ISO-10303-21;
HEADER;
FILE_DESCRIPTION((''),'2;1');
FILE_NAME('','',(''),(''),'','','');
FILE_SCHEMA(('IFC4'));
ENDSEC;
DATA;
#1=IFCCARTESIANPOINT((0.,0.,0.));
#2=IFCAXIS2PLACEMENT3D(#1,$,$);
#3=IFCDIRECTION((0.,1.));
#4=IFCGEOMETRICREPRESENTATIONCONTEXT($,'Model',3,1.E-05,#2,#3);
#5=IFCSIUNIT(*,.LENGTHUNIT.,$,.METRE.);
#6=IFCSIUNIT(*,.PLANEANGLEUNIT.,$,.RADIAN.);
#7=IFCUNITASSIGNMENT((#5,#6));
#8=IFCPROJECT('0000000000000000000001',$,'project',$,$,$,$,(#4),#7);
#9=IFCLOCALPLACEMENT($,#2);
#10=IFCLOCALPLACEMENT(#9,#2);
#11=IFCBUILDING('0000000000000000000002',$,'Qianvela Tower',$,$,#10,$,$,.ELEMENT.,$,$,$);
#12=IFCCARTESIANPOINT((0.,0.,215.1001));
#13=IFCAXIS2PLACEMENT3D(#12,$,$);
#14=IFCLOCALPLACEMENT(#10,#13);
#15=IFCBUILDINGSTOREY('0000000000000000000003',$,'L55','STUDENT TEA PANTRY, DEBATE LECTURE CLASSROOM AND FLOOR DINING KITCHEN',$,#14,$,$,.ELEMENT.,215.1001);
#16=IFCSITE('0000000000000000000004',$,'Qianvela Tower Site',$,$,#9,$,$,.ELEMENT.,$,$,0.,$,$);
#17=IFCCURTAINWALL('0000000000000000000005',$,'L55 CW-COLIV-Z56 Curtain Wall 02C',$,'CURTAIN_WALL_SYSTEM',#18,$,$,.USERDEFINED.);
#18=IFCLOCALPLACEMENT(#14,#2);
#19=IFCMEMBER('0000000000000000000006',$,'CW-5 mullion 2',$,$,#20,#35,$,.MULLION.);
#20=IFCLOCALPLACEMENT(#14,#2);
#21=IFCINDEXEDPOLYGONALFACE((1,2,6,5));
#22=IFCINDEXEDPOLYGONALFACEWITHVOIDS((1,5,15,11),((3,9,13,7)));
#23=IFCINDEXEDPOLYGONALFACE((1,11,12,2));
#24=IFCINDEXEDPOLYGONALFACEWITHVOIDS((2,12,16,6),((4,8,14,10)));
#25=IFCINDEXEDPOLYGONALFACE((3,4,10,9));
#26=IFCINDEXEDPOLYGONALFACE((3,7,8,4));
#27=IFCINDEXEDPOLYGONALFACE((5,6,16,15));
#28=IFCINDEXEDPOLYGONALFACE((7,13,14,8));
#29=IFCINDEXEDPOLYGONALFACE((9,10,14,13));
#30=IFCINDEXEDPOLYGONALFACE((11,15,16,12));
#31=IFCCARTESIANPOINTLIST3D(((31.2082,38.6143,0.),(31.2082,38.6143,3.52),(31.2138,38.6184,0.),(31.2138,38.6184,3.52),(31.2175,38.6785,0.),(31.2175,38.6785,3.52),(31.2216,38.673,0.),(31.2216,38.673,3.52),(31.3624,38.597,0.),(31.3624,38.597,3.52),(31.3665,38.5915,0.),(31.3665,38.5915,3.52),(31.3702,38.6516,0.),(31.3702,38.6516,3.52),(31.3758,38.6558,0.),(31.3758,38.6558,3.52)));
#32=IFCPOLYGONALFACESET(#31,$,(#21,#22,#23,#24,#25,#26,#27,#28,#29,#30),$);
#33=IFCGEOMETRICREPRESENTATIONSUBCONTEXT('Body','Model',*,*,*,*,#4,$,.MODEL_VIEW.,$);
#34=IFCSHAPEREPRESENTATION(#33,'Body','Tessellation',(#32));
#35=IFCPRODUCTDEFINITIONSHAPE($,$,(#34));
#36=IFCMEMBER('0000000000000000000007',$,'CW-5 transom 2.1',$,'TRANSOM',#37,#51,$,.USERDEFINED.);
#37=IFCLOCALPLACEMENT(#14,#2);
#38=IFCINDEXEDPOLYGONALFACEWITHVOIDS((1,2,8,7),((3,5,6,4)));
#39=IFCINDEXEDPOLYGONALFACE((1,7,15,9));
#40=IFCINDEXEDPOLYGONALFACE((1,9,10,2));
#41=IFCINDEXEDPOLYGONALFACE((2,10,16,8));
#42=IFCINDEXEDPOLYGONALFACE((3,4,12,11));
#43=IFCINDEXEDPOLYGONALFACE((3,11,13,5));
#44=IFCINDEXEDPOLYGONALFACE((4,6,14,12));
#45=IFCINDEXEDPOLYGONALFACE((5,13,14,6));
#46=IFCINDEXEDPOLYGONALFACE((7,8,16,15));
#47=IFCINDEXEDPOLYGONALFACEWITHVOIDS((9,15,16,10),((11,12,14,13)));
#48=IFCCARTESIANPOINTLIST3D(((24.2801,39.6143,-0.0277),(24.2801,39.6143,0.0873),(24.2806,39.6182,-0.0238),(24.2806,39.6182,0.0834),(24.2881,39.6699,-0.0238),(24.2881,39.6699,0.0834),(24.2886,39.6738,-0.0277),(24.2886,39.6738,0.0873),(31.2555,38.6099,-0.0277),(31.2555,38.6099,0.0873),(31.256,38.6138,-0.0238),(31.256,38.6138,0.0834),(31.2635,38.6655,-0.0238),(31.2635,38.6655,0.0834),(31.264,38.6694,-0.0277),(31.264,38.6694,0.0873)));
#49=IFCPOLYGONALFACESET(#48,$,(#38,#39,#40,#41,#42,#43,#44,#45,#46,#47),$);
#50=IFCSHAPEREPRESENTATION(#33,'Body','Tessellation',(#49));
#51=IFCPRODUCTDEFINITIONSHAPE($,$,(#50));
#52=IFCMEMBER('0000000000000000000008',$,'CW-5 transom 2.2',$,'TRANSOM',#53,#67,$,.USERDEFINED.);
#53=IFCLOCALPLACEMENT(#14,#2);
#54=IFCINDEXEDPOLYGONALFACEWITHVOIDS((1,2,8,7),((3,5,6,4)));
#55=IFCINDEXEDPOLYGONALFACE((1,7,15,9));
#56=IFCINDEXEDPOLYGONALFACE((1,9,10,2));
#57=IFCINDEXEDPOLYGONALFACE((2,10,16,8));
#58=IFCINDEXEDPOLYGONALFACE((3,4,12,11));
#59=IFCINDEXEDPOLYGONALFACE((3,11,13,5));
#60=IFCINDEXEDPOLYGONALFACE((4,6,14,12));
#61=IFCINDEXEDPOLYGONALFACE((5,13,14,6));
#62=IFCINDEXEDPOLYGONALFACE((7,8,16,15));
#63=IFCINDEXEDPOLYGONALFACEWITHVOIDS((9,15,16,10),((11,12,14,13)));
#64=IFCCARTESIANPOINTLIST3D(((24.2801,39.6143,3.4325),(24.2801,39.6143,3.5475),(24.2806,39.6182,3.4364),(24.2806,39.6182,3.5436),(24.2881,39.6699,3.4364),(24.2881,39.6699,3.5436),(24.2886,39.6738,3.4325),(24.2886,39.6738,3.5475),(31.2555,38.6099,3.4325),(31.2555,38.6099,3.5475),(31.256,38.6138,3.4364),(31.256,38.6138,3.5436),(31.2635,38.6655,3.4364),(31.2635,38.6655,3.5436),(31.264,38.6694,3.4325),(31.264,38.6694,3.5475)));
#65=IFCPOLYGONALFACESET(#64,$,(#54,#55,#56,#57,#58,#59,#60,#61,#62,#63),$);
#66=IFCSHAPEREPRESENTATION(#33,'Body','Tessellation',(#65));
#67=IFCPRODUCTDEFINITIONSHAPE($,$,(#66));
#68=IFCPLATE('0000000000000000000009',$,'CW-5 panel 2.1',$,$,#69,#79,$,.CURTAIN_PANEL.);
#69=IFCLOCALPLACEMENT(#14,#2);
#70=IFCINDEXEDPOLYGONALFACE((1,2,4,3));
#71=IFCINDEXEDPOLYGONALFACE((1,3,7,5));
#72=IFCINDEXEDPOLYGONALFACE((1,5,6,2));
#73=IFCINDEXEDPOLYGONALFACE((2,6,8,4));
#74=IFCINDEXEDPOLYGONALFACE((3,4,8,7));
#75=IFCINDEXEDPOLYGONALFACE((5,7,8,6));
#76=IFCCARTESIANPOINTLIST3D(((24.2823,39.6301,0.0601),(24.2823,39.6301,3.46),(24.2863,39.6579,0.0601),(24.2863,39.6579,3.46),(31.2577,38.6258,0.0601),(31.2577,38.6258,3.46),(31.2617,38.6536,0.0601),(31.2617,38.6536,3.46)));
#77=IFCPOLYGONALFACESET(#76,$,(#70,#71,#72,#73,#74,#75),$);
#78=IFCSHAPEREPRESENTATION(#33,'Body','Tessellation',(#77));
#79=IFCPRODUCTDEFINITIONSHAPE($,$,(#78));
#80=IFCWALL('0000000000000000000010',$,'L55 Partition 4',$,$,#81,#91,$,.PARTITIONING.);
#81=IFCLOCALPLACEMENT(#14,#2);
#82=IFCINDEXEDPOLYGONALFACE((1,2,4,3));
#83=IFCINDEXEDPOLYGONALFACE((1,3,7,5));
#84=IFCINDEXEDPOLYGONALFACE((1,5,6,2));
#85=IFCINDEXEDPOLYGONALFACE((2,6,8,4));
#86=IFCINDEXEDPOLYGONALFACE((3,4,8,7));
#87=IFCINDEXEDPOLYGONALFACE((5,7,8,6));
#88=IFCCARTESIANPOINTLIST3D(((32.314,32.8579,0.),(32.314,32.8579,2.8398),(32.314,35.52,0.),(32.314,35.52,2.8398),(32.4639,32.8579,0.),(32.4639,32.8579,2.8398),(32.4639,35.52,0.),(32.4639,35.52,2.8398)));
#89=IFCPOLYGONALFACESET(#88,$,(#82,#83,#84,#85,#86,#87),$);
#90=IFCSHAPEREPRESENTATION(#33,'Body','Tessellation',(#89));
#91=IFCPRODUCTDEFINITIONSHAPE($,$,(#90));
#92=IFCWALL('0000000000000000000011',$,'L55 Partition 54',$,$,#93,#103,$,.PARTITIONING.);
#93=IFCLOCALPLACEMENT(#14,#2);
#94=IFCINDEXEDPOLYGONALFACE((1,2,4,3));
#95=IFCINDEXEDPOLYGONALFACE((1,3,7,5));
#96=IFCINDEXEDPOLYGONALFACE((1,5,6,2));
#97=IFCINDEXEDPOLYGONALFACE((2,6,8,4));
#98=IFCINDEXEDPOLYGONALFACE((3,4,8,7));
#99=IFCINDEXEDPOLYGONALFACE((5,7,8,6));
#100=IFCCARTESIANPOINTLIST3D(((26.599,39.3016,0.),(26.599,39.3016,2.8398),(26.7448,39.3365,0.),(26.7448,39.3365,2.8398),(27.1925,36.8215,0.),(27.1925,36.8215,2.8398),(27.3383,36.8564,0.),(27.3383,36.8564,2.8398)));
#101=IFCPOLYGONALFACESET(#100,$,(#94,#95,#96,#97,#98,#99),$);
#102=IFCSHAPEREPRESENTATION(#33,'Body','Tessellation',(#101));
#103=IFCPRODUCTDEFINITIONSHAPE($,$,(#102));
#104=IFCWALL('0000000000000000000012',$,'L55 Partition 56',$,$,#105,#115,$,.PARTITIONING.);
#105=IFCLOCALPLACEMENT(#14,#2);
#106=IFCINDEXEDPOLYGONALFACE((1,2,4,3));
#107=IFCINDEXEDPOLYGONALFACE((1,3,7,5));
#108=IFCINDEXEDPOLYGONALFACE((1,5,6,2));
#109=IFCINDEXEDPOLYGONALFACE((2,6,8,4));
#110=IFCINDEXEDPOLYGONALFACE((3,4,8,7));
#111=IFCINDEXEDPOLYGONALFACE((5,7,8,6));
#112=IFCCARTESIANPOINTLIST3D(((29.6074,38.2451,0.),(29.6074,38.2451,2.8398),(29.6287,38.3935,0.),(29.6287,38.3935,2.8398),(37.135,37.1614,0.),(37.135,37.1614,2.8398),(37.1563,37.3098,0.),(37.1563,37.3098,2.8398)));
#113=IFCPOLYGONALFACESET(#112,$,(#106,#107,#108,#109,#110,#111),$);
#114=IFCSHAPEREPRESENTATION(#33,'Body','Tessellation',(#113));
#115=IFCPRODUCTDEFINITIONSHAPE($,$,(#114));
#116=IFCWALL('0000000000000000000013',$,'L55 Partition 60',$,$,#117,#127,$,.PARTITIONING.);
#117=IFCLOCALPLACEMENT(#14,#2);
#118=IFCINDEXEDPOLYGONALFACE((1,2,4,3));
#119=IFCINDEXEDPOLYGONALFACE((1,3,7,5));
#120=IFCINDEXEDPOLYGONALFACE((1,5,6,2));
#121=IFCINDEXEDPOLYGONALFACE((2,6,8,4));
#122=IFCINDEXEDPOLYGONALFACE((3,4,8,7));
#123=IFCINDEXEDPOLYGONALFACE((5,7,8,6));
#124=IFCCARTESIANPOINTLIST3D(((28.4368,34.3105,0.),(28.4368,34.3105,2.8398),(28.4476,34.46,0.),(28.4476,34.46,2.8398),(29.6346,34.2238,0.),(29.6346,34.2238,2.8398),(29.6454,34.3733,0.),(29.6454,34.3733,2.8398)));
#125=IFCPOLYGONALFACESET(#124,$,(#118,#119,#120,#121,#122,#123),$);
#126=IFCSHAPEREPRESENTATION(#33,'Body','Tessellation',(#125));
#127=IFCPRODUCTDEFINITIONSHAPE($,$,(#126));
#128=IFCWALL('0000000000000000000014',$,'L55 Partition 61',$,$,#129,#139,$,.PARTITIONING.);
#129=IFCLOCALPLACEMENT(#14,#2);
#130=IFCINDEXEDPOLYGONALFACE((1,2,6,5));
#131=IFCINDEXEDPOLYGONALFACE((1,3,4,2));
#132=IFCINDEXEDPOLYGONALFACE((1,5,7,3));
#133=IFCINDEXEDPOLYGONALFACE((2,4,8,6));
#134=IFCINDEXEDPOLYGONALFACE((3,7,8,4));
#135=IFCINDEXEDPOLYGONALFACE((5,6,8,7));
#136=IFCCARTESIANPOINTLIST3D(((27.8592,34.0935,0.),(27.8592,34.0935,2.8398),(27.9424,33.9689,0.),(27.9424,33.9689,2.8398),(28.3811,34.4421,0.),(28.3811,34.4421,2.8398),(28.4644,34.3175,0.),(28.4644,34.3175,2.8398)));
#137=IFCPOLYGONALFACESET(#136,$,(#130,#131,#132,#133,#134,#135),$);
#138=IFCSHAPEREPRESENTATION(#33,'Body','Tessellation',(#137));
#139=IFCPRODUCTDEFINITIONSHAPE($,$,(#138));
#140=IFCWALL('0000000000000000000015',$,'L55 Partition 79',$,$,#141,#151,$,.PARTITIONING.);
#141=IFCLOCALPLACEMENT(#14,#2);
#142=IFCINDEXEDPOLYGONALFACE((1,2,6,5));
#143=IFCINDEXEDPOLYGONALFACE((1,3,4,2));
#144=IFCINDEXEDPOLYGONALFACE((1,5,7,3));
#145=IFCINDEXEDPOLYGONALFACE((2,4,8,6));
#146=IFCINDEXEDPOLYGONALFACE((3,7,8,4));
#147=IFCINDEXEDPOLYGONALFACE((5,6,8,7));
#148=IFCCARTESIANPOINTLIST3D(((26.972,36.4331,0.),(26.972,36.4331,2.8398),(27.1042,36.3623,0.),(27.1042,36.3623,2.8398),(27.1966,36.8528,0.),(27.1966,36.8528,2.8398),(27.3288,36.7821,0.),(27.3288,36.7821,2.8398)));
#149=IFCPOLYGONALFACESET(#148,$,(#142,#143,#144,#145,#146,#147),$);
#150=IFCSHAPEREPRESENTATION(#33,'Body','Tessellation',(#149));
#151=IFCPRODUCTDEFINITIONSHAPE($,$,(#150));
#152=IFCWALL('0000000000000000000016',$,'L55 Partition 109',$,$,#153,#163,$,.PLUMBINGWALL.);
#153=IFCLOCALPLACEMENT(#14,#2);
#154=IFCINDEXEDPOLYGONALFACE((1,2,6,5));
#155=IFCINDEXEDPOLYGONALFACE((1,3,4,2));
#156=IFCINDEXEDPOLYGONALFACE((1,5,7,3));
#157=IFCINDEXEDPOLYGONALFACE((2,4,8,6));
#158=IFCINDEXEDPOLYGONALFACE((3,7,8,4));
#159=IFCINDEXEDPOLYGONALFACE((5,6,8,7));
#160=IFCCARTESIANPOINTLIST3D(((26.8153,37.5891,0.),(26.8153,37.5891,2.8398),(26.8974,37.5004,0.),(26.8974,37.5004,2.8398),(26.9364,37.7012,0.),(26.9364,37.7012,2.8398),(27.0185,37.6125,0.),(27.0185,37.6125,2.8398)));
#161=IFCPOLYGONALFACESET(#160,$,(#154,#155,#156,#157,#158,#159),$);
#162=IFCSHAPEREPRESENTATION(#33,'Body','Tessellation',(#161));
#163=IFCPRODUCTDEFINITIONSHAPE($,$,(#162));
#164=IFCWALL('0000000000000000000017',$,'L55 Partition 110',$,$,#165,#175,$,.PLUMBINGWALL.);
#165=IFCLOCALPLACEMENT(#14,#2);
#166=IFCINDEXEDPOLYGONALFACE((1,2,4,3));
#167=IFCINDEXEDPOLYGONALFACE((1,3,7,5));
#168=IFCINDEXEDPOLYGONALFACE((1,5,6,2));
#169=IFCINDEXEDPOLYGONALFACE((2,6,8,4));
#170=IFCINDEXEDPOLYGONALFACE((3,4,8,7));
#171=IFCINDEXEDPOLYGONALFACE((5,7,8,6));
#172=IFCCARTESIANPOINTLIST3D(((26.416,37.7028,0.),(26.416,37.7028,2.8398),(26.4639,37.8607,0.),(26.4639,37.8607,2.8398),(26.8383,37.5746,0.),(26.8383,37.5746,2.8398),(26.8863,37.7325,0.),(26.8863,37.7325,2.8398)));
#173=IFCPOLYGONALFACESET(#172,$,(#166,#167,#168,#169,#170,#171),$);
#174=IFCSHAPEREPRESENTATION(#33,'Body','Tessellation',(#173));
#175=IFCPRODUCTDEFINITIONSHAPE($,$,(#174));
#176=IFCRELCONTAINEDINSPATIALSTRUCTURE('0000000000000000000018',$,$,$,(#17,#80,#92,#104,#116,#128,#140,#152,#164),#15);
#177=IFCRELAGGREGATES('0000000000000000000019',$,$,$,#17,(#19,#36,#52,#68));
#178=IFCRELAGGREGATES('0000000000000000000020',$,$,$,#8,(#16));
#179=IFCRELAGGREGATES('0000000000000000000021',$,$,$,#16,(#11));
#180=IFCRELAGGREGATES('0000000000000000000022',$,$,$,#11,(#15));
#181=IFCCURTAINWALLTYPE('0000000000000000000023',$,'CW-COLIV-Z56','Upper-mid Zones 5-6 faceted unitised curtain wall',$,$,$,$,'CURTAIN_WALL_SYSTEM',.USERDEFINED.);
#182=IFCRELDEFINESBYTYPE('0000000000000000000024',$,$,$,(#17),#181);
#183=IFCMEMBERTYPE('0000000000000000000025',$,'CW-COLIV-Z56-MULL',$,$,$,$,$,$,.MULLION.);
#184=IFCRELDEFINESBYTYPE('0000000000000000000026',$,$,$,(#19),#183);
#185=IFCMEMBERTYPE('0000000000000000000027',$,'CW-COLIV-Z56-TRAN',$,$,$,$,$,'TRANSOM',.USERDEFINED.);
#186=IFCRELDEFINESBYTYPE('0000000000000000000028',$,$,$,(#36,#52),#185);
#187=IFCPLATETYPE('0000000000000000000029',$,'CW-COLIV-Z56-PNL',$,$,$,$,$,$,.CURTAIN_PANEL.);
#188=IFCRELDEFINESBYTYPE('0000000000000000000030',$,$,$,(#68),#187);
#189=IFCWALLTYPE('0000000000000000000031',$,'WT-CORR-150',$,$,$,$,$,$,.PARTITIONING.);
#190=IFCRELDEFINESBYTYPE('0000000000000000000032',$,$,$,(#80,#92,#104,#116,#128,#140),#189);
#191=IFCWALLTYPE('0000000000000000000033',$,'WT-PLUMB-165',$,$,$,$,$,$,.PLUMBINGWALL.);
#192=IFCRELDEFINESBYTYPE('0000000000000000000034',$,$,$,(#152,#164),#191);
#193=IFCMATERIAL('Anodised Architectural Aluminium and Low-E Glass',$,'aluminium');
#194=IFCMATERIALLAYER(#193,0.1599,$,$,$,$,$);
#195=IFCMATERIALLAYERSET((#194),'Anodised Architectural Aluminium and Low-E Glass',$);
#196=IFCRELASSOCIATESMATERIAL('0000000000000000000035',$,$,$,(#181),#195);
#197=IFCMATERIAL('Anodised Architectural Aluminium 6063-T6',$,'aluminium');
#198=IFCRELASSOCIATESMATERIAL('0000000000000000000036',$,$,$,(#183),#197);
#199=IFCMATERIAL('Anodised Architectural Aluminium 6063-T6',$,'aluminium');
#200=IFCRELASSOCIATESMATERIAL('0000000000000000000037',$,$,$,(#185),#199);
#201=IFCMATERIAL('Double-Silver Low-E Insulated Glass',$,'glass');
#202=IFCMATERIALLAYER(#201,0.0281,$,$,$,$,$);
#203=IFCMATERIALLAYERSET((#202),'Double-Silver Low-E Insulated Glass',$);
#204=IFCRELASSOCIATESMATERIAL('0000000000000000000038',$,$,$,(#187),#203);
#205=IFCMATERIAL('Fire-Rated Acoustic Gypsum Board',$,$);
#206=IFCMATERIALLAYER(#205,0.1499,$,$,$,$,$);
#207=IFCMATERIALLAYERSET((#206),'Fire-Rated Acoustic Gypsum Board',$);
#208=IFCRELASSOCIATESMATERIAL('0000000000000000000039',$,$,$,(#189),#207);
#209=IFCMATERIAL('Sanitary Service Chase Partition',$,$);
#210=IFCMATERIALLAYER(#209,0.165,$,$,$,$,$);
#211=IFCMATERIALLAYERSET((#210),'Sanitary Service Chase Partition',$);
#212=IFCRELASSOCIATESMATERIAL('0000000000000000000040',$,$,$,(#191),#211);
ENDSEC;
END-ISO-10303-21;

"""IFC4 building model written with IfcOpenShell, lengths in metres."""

from ifc_helpers import new_model, si_unit, direction, frame, frame_2d, origin, origin_2d, place, context, subcontext, project, spatial, rectangle, hollow_rectangle, extrude, material, layer, layer_set, material_profile, profile_set, type_object, element, aggregate, save


model = new_model("IFC4")

# Units and contexts
model_context = context("Model", 3, precision=1e-05, world=origin(), true_north=direction((0.0, 1.0)))
body_context = subcontext(model_context, "Body", "Model", "MODEL_VIEW")
ifc_project = project(units=[si_unit("LENGTHUNIT", "METRE"), si_unit("PLANEANGLEUNIT", "RADIAN")], contexts=[model_context])

# Site, building, storey
site_placement = place(None, origin())
site = spatial("IfcSite", under=ifc_project, at=site_placement, Name="Qianvela Tower Site", CompositionType="ELEMENT", RefElevation=0.0)
building_placement = place(site_placement, origin())
building = spatial("IfcBuilding", under=site, at=building_placement, Name="Qianvela Tower", CompositionType="ELEMENT")
storey_placement = place(building_placement, frame((0.0, 0.0, 215.1001)))
storey = spatial("IfcBuildingStorey", under=building, at=storey_placement, Name="L55", Description="STUDENT TEA PANTRY, DEBATE LECTURE CLASSROOM AND FLOOR DINING KITCHEN", CompositionType="ELEMENT", Elevation=215.1001)

# Curtain wall, members, plate
ifc_material_1 = material(Name="Anodised Architectural Aluminium and Low-E Glass", Category="aluminium")
ifc_layer_1 = layer(ifc_material_1, 0.1599)
ifc_layer_set_1 = layer_set([ifc_layer_1], Name="Anodised Architectural Aluminium and Low-E Glass")
curtain_wall_type = type_object("IfcCurtainWallType", Name="CW-COLIV-Z56", Description="Upper-mid Zones 5-6 faceted unitised curtain wall", ElementType="CURTAIN_WALL_SYSTEM", PredefinedType="USERDEFINED", material=ifc_layer_set_1)
curtain_wall_placement = place(storey_placement, origin())
curtain_wall = element("IfcCurtainWall", 1, at=curtain_wall_placement, inside=storey, type_object=curtain_wall_type, Name="L55 CW-COLIV-Z56 Curtain Wall 02C", ObjectType="CURTAIN_WALL_SYSTEM", PredefinedType="USERDEFINED")
ifc_material_2 = material(Name="Anodised Architectural Aluminium 6063-T6", Category="aluminium")
ifc_material_profile_1 = material_profile(ifc_material_2, hollow_rectangle(XDim=0.0649, YDim=0.1599, WallThickness=0.0049, at=origin_2d()), Name="ALU-MULL-65x160")
ifc_profile_set_1 = profile_set([ifc_material_profile_1], Name="Anodised Architectural Aluminium 6063-T6")
member_type_1 = type_object("IfcMemberType", Name="CW-COLIV-Z56-MULL", PredefinedType="MULLION", material=ifc_profile_set_1)
member_1_placement = place(storey_placement, frame((31.292, 38.635, 0.0), z_axis=(0.0, 0.0, 1.0), x_axis=(-0.142509, -0.989794, 0.0)))
member_1 = element("IfcMember", 2, at=member_1_placement, type_object=member_type_1, Name="CW-5 mullion 2", PredefinedType="MULLION", context=body_context, shape_type="SweptSolid", body=[
    extrude(hollow_rectangle(XDim=0.0649, YDim=0.1599, WallThickness=0.0049, at=origin_2d()), origin(), (0.0, 0.0, 1.0), 3.52),
])
ifc_material_3 = material(Name="Anodised Architectural Aluminium 6063-T6", Category="aluminium")
ifc_material_profile_2 = material_profile(ifc_material_3, hollow_rectangle(XDim=0.0601, YDim=0.115, WallThickness=0.0039, at=origin_2d()), Name="ALU-TRAN-60x115")
ifc_profile_set_2 = profile_set([ifc_material_profile_2], Name="Anodised Architectural Aluminium 6063-T6")
member_type_2 = type_object("IfcMemberType", Name="CW-COLIV-Z56-TRAN", ElementType="TRANSOM", PredefinedType="USERDEFINED", material=ifc_profile_set_2)
member_2_placement = place(storey_placement, frame((31.2598, 38.6396, 0.0298), z_axis=(-0.989792, 0.142522, 0.0), x_axis=(-0.142522, -0.989792, 0.0)))
member_2 = element("IfcMember", 3, at=member_2_placement, type_object=member_type_2, Name="CW-5 transom 2.1", ObjectType="TRANSOM", PredefinedType="USERDEFINED", context=body_context, shape_type="SweptSolid", body=[
    extrude(hollow_rectangle(XDim=0.0601, YDim=0.115, WallThickness=0.0039, at=origin_2d()), origin(), (0.0, 0.0, 1.0), 7.0474),
])
member_3_placement = place(storey_placement, frame((31.2598, 38.6396, 3.49), z_axis=(-0.989792, 0.142522, 0.0), x_axis=(-0.142522, -0.989792, 0.0)))
member_3 = element("IfcMember", 4, at=member_3_placement, type_object=member_type_2, Name="CW-5 transom 2.2", ObjectType="TRANSOM", PredefinedType="USERDEFINED", context=body_context, shape_type="SweptSolid", body=[
    extrude(hollow_rectangle(XDim=0.0601, YDim=0.115, WallThickness=0.0039, at=origin_2d()), origin(), (0.0, 0.0, 1.0), 7.0474),
])
ifc_material_4 = material(Name="Double-Silver Low-E Insulated Glass", Category="glass")
ifc_layer_2 = layer(ifc_material_4, 0.0281)
ifc_layer_set_2 = layer_set([ifc_layer_2], Name="Double-Silver Low-E Insulated Glass")
plate_type = type_object("IfcPlateType", Name="CW-COLIV-Z56-PNL", PredefinedType="CURTAIN_PANEL", material=ifc_layer_set_2)
plate_placement = place(storey_placement, frame((27.772, 39.1418, 0.0601), z_axis=(0.0, 0.0, 1.0), x_axis=(-0.989794, 0.142509, 0.0)))
plate = element("IfcPlate", 5, at=plate_placement, type_object=plate_type, Name="CW-5 panel 2.1", PredefinedType="CURTAIN_PANEL", context=body_context, shape_type="SweptSolid", body=[
    extrude(rectangle(XDim=7.0474, YDim=0.0281, at=origin_2d()), origin(), (0.0, 0.0, 1.0), 3.3999),
])
aggregate(curtain_wall, [member_1, member_2, member_3, plate])

# Shared definitions
ifc_material_5 = material(Name="Fire-Rated Acoustic Gypsum Board")
ifc_layer_3 = layer(ifc_material_5, 0.1499)
ifc_layer_set_3 = layer_set([ifc_layer_3], Name="Fire-Rated Acoustic Gypsum Board")
wall_type_1 = type_object("IfcWallType", Name="WT-CORR-150", PredefinedType="PARTITIONING", material=ifc_layer_set_3)

# Walls
wall_1_placement = place(storey_placement, frame((32.3889, 35.52, 0.0), z_axis=(0.0, 0.0, 1.0), x_axis=(0.0, -1.0, 0.0)))
element("IfcWall", 6, at=wall_1_placement, inside=storey, type_object=wall_type_1, Name="L55 Partition 4", PredefinedType="PARTITIONING", context=body_context, shape_type="SweptSolid", body=[
    extrude(rectangle(XDim=2.6621, YDim=0.1499, at=frame_2d((1.3311, 0.0))), origin(), (0.0, 0.0, 1.0), 2.8398),
])
wall_2_placement = place(storey_placement, frame((27.2654, 36.8391, 0.0), z_axis=(0.0, 0.0, 1.0), x_axis=(-0.232746, 0.972537, 0.0)))
element("IfcWall", 7, at=wall_2_placement, inside=storey, type_object=wall_type_1, Name="L55 Partition 54", PredefinedType="PARTITIONING", context=body_context, shape_type="SweptSolid", body=[
    extrude(rectangle(XDim=2.55, YDim=0.1499, at=frame_2d((1.2749, 0.0))), origin(), (0.0, 0.0, 1.0), 2.8398),
])
wall_3_placement = place(storey_placement, frame((29.6179, 38.3193, 0.0), z_axis=(0.0, 0.0, 1.0), x_axis=(0.989795, -0.1425, 0.0)))
element("IfcWall", 8, at=wall_3_placement, inside=storey, type_object=wall_type_1, Name="L55 Partition 56", PredefinedType="PARTITIONING", context=body_context, shape_type="SweptSolid", body=[
    extrude(rectangle(XDim=7.6052, YDim=0.1499, at=frame_2d((3.8027, 0.0))), origin(), (0.0, 0.0, 1.0), 2.8398),
])
wall_4_placement = place(storey_placement, frame((29.6401, 34.2986, 0.0), z_axis=(0.0, 0.0, 1.0), x_axis=(-0.997392, 0.072172, 0.0)))
element("IfcWall", 9, at=wall_4_placement, inside=storey, type_object=wall_type_1, Name="L55 Partition 60", PredefinedType="PARTITIONING", context=body_context, shape_type="SweptSolid", body=[
    extrude(rectangle(XDim=1.2009, YDim=0.1499, at=frame_2d((0.6006, 0.0))), origin(), (0.0, 0.0, 1.0), 2.8398),
])
wall_5_placement = place(storey_placement, frame((28.4229, 34.3799, 0.0), z_axis=(0.0, 0.0, 1.0), x_axis=(-0.831571, -0.555418, 0.0)))
element("IfcWall", 10, at=wall_5_placement, inside=storey, type_object=wall_type_1, Name="L55 Partition 61", PredefinedType="PARTITIONING", context=body_context, shape_type="SweptSolid", body=[
    extrude(rectangle(XDim=0.6277, YDim=0.1499, at=frame_2d((0.314, 0.0))), origin(), (0.0, 0.0, 1.0), 2.8398),
])
wall_6_placement = place(storey_placement, frame((27.0381, 36.3977, 0.0), z_axis=(0.0, 0.0, 1.0), x_axis=(0.471866, 0.881671, 0.0)))
element("IfcWall", 11, at=wall_6_placement, inside=storey, type_object=wall_type_1, Name="L55 Partition 79", PredefinedType="PARTITIONING", context=body_context, shape_type="SweptSolid", body=[
    extrude(rectangle(XDim=0.4761, YDim=0.1499, at=frame_2d((0.238, 0.0))), origin(), (0.0, 0.0, 1.0), 2.8398),
])
ifc_material_6 = material(Name="Sanitary Service Chase Partition")
ifc_layer_4 = layer(ifc_material_6, 0.165)
ifc_layer_set_4 = layer_set([ifc_layer_4], Name="Sanitary Service Chase Partition")
wall_type_2 = type_object("IfcWallType", Name="WT-PLUMB-165", PredefinedType="PLUMBINGWALL", material=ifc_layer_set_4)
wall_7_placement = place(storey_placement, frame((26.958, 37.5564, 0.0), z_axis=(0.0, 0.0, 1.0), x_axis=(-0.679287, 0.733873, 0.0)))
element("IfcWall", 12, at=wall_7_placement, inside=storey, type_object=wall_type_2, Name="L55 Partition 109", PredefinedType="PLUMBINGWALL", context=body_context, shape_type="SweptSolid", body=[
    extrude(rectangle(XDim=0.1208, YDim=0.165, at=frame_2d((0.0605, 0.0))), origin(), (0.0, 0.0, 1.0), 2.8398),
])
wall_8_placement = place(storey_placement, frame((26.8623, 37.6536, 0.0), z_axis=(0.0, 0.0, 1.0), x_axis=(-0.956908, 0.290391, 0.0)))
element("IfcWall", 13, at=wall_8_placement, inside=storey, type_object=wall_type_2, Name="L55 Partition 110", PredefinedType="PLUMBINGWALL", context=body_context, shape_type="SweptSolid", body=[
    extrude(rectangle(XDim=0.4414, YDim=0.165, at=frame_2d((0.2207, 0.0))), origin(), (0.0, 0.0, 1.0), 2.8398),
])

save(model, "model.ifc")
